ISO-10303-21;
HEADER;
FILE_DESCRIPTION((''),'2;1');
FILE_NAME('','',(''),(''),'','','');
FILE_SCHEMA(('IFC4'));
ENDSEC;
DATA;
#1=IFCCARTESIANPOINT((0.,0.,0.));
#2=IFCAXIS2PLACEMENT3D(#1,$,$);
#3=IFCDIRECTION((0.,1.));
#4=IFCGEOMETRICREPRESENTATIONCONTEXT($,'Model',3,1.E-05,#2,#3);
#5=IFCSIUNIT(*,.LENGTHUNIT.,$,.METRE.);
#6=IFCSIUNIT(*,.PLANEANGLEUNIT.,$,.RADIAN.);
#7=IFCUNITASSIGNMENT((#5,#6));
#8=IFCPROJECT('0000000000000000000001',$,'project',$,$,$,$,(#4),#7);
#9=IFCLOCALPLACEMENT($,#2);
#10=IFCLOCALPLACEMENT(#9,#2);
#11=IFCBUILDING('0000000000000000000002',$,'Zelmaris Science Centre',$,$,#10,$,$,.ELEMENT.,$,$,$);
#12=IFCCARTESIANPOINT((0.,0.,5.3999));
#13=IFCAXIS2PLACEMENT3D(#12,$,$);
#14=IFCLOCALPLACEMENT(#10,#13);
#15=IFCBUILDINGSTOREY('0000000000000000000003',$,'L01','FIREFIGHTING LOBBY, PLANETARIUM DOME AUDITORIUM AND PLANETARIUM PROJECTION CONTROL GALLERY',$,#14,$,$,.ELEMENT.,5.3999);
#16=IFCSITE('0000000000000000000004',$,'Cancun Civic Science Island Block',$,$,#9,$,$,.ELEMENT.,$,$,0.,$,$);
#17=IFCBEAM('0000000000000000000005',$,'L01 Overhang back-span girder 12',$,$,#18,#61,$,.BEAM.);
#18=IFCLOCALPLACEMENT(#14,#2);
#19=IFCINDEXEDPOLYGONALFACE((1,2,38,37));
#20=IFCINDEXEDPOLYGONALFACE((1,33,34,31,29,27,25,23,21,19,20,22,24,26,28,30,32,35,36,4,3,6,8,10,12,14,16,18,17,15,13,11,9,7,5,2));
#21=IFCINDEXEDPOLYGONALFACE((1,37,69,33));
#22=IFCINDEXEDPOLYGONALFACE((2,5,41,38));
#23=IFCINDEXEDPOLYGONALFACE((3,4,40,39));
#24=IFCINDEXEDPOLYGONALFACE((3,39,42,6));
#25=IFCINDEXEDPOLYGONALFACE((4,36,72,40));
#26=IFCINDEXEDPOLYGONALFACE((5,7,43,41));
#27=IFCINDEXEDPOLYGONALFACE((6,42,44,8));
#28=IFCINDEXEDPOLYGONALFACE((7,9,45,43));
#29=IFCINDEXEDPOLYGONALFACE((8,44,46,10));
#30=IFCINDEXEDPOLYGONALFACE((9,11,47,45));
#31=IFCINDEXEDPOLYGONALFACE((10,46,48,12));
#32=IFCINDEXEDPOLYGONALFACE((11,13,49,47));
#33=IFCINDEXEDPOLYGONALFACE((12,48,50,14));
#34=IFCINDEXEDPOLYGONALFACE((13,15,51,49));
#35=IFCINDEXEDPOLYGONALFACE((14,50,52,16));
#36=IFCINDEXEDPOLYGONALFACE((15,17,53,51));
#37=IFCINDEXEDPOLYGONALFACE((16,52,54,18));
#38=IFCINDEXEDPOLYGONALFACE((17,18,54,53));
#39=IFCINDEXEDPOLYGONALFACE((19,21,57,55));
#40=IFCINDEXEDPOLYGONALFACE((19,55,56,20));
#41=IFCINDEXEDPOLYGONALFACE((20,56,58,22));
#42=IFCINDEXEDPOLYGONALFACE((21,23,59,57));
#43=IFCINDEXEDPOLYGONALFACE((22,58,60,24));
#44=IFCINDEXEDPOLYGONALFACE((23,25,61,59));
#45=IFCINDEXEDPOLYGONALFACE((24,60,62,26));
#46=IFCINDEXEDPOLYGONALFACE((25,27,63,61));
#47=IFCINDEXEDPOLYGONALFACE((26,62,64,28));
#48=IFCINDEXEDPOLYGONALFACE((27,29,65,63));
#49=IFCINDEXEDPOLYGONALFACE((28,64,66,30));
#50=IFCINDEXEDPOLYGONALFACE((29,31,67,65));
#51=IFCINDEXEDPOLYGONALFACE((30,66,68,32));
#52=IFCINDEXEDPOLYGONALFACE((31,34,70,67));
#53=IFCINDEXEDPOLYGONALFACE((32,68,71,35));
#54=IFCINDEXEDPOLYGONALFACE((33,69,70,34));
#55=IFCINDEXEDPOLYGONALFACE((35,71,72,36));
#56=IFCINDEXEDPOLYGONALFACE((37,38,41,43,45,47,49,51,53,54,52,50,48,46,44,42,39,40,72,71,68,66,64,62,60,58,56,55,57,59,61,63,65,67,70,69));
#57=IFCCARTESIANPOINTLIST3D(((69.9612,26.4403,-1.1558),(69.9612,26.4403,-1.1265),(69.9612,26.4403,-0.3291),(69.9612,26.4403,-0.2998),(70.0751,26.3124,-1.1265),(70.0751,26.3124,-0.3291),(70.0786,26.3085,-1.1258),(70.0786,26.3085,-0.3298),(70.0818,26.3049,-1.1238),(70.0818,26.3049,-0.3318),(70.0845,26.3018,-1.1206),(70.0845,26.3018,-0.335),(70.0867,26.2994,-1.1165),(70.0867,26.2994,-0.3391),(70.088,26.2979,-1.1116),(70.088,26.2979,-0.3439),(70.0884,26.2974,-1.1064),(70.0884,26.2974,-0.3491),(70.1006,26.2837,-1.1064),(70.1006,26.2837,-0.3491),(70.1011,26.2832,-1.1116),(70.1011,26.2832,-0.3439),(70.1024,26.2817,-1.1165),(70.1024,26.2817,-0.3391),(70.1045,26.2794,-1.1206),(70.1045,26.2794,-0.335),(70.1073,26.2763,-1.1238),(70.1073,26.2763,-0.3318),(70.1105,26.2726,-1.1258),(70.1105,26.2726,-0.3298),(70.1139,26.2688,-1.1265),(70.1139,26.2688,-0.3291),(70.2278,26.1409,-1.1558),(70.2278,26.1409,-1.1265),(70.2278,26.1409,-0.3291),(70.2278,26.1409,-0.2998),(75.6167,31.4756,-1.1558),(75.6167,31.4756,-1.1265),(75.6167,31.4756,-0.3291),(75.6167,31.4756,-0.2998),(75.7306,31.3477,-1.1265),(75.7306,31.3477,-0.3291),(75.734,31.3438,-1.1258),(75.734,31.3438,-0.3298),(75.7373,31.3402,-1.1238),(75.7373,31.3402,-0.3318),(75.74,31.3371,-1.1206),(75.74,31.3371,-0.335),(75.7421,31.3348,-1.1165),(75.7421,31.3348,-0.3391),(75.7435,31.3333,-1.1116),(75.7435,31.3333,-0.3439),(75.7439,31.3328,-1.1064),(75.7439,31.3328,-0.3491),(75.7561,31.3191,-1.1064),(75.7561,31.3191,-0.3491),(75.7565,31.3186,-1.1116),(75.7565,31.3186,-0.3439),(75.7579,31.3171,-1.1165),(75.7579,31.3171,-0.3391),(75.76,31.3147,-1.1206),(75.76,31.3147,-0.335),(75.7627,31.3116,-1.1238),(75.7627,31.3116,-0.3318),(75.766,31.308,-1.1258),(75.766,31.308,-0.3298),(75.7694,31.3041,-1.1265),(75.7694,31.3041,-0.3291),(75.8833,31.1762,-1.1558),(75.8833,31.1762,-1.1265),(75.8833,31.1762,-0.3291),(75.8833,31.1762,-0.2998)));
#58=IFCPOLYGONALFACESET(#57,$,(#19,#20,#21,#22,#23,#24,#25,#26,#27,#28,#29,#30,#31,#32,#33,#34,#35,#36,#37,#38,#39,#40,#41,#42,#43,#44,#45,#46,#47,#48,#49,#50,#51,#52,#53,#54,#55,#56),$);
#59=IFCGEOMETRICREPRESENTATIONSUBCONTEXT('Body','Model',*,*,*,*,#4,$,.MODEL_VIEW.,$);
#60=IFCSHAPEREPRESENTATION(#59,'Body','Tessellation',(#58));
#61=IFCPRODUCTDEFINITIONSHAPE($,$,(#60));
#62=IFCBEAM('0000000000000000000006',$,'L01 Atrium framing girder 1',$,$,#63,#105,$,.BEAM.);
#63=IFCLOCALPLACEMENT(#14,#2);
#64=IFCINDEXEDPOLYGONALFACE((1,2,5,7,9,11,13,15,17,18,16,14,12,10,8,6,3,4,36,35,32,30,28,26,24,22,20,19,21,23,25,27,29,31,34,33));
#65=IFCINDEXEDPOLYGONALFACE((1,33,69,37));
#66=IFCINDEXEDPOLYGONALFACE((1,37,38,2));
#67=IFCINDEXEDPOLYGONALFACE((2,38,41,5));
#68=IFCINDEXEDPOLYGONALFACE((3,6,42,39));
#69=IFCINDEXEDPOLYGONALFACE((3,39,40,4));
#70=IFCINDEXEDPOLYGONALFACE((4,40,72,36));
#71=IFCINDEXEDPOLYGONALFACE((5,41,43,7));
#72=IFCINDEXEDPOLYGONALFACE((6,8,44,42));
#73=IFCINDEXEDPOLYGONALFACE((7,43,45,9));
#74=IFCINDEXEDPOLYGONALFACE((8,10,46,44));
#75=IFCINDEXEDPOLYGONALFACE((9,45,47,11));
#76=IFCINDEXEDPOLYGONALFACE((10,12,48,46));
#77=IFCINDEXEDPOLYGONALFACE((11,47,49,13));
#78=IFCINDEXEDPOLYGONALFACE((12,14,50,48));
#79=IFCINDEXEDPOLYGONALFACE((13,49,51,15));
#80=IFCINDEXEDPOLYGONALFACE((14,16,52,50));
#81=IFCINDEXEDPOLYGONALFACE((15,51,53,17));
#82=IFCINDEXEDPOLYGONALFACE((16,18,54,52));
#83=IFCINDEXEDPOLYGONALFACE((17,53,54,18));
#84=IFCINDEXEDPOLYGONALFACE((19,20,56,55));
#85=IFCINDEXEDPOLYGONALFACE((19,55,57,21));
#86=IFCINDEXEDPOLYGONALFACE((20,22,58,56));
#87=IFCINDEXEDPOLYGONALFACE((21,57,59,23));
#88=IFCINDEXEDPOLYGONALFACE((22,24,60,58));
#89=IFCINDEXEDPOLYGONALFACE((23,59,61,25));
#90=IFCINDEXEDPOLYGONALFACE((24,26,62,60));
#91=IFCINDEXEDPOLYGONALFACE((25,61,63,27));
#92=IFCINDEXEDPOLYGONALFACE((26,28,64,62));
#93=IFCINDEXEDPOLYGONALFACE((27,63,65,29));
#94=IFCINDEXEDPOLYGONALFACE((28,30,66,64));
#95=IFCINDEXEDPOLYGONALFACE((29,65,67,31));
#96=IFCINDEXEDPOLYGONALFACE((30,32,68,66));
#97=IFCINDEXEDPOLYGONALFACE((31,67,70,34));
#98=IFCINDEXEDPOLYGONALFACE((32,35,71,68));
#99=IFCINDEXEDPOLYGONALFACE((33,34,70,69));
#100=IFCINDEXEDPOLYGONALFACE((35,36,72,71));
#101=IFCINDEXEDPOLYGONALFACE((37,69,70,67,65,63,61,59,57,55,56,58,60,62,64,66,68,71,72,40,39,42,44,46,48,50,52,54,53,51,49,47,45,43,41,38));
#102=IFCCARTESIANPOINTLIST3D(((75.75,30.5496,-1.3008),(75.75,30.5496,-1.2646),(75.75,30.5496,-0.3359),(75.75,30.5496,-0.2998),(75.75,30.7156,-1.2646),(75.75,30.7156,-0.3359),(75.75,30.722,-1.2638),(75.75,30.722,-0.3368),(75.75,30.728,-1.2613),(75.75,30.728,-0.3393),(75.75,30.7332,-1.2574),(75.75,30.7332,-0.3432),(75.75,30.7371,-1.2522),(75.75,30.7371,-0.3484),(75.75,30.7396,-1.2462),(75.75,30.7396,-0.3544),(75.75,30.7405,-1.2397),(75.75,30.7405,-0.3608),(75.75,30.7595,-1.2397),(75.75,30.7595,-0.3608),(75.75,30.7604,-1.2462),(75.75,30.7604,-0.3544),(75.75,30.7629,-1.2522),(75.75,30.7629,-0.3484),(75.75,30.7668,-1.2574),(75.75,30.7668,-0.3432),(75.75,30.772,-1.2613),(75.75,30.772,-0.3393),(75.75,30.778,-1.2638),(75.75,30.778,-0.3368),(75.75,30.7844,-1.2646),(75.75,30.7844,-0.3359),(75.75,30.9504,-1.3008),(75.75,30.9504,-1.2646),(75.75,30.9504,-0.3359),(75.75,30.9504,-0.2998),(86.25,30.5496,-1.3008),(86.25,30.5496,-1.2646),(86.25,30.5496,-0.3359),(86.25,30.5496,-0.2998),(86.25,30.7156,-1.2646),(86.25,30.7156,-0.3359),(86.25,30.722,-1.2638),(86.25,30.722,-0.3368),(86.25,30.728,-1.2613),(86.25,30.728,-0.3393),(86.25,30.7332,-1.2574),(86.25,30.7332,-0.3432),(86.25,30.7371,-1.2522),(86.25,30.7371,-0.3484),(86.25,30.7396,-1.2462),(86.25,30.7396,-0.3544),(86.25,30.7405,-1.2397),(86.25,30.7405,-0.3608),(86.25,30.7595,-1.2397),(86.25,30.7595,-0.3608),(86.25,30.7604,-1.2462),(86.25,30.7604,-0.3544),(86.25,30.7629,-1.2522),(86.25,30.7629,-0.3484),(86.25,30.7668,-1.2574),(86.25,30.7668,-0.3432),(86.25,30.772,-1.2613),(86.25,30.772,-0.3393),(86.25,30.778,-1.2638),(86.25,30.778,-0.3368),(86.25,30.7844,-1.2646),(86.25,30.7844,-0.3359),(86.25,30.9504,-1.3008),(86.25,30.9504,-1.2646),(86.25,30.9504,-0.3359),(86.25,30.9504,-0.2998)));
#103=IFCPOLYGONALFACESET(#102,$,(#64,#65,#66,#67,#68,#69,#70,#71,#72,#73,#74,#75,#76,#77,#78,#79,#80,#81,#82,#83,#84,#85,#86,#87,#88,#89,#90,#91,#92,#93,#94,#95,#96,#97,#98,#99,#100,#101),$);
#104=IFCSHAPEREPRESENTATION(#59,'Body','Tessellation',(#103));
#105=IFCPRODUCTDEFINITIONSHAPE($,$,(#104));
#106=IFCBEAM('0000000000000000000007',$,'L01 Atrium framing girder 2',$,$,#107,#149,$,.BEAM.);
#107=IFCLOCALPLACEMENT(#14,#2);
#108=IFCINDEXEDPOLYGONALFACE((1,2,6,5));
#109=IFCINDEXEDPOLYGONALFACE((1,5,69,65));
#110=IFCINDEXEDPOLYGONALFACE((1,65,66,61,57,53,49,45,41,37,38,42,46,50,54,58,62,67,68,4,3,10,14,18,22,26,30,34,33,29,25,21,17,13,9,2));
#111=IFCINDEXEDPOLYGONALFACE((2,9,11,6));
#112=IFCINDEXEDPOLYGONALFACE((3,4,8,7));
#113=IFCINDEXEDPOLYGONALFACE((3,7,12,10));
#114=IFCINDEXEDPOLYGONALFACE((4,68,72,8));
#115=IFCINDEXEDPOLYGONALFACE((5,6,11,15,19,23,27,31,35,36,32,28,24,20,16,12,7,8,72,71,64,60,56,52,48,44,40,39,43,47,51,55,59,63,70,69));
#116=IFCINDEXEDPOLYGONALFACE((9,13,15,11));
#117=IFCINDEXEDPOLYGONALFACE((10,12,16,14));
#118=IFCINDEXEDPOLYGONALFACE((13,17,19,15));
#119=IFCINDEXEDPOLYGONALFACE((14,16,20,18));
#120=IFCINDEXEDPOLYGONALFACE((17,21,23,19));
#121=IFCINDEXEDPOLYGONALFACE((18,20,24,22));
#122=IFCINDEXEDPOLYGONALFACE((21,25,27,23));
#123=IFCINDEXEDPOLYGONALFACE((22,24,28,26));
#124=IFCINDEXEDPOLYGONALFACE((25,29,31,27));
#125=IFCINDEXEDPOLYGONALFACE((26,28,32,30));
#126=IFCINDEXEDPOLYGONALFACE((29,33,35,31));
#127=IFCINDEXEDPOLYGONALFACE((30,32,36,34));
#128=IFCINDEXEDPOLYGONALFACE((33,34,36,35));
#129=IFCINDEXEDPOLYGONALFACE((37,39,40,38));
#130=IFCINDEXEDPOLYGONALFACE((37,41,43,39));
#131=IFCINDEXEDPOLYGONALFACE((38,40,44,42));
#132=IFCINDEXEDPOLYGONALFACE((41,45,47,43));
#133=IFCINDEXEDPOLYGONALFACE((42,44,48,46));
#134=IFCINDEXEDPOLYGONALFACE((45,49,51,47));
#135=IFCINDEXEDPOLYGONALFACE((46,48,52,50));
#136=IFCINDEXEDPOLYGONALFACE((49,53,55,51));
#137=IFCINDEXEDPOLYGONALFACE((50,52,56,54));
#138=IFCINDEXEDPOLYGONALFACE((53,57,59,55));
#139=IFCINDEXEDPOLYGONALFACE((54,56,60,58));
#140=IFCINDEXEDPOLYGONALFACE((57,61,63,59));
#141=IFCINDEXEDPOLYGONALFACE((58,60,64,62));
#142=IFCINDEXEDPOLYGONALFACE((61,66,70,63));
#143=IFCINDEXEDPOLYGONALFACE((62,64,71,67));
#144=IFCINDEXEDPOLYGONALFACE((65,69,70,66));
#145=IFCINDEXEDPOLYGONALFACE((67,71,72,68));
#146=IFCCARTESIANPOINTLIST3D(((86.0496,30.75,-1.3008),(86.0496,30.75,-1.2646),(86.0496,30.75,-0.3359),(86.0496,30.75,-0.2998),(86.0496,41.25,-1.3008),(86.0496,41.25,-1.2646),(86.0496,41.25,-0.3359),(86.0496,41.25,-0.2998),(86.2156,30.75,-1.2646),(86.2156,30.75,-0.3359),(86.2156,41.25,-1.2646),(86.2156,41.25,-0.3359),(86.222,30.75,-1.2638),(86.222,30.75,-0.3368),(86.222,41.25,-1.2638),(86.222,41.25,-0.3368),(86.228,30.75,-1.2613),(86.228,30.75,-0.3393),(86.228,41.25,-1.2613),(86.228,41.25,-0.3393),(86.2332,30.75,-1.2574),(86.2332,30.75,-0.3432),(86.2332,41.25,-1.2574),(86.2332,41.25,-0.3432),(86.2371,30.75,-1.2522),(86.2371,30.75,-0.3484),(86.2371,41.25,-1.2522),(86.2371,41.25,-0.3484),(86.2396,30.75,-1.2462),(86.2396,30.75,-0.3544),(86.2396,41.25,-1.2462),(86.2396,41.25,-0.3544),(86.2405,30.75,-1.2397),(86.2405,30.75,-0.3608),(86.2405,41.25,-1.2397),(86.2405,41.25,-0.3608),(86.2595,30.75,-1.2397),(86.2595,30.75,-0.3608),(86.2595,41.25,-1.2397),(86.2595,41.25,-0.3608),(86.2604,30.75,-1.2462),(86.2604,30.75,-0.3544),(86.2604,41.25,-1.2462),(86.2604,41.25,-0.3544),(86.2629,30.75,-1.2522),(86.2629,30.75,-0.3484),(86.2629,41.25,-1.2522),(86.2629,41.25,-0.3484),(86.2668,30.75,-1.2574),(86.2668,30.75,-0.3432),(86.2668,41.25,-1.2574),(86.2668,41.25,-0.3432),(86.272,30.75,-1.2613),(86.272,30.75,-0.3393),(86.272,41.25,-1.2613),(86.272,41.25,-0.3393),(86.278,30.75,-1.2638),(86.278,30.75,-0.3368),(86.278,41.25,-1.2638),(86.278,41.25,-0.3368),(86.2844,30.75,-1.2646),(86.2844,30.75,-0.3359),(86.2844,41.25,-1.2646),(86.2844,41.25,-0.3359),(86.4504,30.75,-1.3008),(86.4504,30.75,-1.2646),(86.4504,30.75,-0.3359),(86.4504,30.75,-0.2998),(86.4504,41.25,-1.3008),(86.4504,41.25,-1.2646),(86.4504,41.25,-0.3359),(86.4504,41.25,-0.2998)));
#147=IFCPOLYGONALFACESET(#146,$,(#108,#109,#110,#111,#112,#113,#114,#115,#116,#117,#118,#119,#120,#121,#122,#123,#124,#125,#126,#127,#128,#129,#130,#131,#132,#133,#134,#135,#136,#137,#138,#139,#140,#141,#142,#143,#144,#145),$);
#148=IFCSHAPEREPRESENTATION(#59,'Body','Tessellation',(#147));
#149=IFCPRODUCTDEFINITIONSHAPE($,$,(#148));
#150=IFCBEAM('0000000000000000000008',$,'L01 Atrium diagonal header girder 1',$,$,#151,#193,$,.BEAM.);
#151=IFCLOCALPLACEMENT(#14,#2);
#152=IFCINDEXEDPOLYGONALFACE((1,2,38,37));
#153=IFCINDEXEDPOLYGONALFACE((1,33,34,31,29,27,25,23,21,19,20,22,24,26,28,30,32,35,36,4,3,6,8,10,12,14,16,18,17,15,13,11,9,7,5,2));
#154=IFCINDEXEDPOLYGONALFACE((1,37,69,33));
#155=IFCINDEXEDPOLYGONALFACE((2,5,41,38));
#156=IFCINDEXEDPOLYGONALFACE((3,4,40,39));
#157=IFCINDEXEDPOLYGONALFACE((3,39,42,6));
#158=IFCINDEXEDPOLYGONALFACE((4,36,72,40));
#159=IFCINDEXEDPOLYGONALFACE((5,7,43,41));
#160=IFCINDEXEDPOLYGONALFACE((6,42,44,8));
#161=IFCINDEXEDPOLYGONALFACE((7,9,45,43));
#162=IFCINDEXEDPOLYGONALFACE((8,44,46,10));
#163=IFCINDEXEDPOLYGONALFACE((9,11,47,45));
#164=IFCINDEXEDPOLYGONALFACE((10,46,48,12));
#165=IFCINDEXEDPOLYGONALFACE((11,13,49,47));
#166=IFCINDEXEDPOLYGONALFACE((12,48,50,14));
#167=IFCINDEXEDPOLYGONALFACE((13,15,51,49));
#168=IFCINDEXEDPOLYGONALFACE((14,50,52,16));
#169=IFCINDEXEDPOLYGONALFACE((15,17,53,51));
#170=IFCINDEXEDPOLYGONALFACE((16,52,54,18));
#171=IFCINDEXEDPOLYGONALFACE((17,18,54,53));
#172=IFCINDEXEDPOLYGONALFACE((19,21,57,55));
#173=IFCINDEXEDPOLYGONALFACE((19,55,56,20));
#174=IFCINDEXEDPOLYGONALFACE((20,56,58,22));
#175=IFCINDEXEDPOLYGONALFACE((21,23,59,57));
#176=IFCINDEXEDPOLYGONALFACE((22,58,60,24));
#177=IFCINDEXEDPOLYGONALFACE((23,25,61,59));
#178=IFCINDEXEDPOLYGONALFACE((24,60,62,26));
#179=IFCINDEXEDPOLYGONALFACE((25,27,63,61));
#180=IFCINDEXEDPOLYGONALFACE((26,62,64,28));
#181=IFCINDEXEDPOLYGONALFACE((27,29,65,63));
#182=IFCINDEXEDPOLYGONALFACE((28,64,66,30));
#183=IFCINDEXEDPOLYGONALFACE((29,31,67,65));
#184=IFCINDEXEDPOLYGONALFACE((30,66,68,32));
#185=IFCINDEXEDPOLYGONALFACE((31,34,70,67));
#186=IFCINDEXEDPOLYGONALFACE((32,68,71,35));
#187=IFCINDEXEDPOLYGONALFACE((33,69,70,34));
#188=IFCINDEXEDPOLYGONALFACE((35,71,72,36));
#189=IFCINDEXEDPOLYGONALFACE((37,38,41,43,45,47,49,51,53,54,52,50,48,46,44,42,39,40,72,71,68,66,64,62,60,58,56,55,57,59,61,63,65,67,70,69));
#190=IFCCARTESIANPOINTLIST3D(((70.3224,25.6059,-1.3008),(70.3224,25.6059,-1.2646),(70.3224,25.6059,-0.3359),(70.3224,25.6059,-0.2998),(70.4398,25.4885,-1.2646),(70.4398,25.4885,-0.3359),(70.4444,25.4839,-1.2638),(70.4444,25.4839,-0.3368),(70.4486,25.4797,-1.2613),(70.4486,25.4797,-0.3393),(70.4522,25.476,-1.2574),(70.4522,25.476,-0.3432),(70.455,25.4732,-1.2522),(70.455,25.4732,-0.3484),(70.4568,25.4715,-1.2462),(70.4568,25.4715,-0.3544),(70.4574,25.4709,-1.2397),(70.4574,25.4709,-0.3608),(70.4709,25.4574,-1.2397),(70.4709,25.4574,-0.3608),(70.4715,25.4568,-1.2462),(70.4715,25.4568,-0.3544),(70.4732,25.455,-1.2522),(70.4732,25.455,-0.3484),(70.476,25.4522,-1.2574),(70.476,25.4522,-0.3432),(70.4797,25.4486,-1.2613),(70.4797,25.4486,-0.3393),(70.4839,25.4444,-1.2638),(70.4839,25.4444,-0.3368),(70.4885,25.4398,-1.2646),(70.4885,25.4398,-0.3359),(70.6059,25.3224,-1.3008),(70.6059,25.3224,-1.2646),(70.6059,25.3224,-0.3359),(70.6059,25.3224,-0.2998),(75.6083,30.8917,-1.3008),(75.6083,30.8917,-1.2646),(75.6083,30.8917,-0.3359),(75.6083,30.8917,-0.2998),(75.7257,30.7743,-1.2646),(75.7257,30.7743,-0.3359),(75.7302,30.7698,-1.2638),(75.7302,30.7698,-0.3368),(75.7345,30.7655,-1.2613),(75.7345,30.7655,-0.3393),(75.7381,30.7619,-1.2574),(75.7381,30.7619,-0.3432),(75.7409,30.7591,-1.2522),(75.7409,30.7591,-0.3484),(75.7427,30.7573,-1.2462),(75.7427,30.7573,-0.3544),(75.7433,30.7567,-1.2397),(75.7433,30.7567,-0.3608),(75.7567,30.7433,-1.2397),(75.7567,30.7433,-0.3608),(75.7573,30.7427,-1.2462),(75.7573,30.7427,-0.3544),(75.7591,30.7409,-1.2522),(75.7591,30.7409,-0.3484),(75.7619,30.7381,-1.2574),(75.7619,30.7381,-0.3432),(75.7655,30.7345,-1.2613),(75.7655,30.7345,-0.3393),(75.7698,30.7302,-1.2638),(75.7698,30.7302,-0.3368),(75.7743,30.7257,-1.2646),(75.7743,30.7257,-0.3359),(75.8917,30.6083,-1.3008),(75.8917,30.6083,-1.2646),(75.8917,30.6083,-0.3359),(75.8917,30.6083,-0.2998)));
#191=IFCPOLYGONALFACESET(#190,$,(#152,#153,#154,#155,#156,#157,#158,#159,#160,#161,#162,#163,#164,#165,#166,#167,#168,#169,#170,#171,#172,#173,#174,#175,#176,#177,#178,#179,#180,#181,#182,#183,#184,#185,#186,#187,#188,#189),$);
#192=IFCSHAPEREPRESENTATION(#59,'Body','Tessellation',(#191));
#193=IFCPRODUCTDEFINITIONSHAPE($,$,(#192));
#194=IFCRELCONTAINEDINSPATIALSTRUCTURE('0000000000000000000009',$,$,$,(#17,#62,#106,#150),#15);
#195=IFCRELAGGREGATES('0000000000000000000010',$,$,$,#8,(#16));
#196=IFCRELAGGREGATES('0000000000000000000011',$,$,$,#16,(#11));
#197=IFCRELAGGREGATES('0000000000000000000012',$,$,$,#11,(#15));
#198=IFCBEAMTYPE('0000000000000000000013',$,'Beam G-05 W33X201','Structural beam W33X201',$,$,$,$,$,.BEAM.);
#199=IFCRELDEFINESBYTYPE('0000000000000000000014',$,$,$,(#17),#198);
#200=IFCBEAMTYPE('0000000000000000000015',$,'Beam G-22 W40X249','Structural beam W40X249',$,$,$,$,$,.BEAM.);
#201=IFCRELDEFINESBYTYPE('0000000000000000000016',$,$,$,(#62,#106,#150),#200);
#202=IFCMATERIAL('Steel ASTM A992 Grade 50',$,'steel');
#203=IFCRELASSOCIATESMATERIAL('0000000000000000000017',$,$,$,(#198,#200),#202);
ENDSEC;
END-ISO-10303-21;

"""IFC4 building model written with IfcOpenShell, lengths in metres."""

from ifc_helpers import new_model, si_unit, direction, frame, origin, origin_2d, place, context, subcontext, project, spatial, i_section, extrude, material, material_profile, profile_set, type_object, element, save


model = new_model("IFC4")

# Units and contexts
model_context = context("Model", 3, precision=1e-05, world=origin(), true_north=direction((0.0, 1.0)))
body_context = subcontext(model_context, "Body", "Model", "MODEL_VIEW")
ifc_project = project(units=[si_unit("LENGTHUNIT", "METRE"), si_unit("PLANEANGLEUNIT", "RADIAN")], contexts=[model_context])

# Site, building, storey
site_placement = place(None, origin())
site = spatial("IfcSite", under=ifc_project, at=site_placement, Name="Cancun Civic Science Island Block", CompositionType="ELEMENT", RefElevation=0.0)
building_placement = place(site_placement, origin())
building = spatial("IfcBuilding", under=site, at=building_placement, Name="Zelmaris Science Centre", CompositionType="ELEMENT")
storey_placement = place(building_placement, frame((0.0, 0.0, 5.3999)))
storey = spatial("IfcBuildingStorey", under=building, at=storey_placement, Name="L01", Description="FIREFIGHTING LOBBY, PLANETARIUM DOME AUDITORIUM AND PLANETARIUM PROJECTION CONTROL GALLERY", CompositionType="ELEMENT", Elevation=5.3999)

# Beams
ifc_material_1 = material(Name="Steel ASTM A992 Grade 50", Category="steel")
ifc_material_profile_1 = material_profile(ifc_material_1, i_section(OverallWidth=0.4009, OverallDepth=0.856, WebThickness=0.0183, FlangeThickness=0.0293, FilletRadius=0.02, at=origin_2d()), Name="W33X201")
ifc_profile_set_1 = profile_set([ifc_material_profile_1], Name="Steel ASTM A992 Grade 50")
beam_type_1 = type_object("IfcBeamType", Name="Beam G-05 W33X201", Description="Structural beam W33X201", PredefinedType="BEAM", material=ifc_profile_set_1)
beam_1_placement = place(storey_placement, frame((75.75, 31.3259, -0.7278), z_axis=(-0.746867, -0.664974, 0.0), x_axis=(0.664974, -0.746867, 0.0)))
element("IfcBeam", 1, at=beam_1_placement, inside=storey, type_object=beam_type_1, Name="L01 Overhang back-span girder 12", PredefinedType="BEAM", context=body_context, shape_type="SweptSolid", body=[
    extrude(i_section(OverallWidth=0.4009, OverallDepth=0.856, WebThickness=0.0183, FlangeThickness=0.0293, FilletRadius=0.02, at=origin_2d()), origin(), (0.0, 0.0, 1.0), 7.5723),
])
ifc_material_profile_2 = material_profile(ifc_material_1, i_section(OverallWidth=0.4009, OverallDepth=1.001, WebThickness=0.019, FlangeThickness=0.0361, FilletRadius=0.0249, at=origin_2d()), Name="W40X249")
ifc_profile_set_2 = profile_set([ifc_material_profile_2], Name="Steel ASTM A992 Grade 50")
beam_type_2 = type_object("IfcBeamType", Name="Beam G-22 W40X249", Description="Structural beam W40X249", PredefinedType="BEAM", material=ifc_profile_set_2)
for number, where, z_axis, x_axis, name in (
    (2, (75.75, 30.75, -0.8003), (1.0, 0.0, 0.0), (0.0, 1.0, 0.0), "L01 Atrium framing girder 1"),
    (3, (86.25, 30.75, -0.8003), (0.0, 1.0, 0.0), (-1.0, 0.0, 0.0), "L01 Atrium framing girder 2"),
):
    element("IfcBeam", number, at=place(storey_placement, frame(where, z_axis=z_axis, x_axis=x_axis)), inside=storey, type_object=beam_type_2, Name=name, PredefinedType="BEAM", context=body_context, shape_type="SweptSolid", body=[
        extrude(i_section(OverallWidth=0.4009, OverallDepth=1.001, WebThickness=0.019, FlangeThickness=0.0361, FilletRadius=0.0249, at=origin_2d()), origin(), (0.0, 0.0, 1.0), 10.5),
    ])
for number, where, z_axis, x_axis, name in (
    (4, (75.75, 30.75, -0.8003), (-0.707107, -0.707107, 0.0), (0.707107, -0.707107, 0.0), "L01 Atrium diagonal header girder 1"),
):
    element("IfcBeam", number, at=place(storey_placement, frame(where, z_axis=z_axis, x_axis=x_axis)), inside=storey, type_object=beam_type_2, Name=name, PredefinedType="BEAM", context=body_context, shape_type="SweptSolid", body=[
        extrude(i_section(OverallWidth=0.4009, OverallDepth=1.001, WebThickness=0.019, FlangeThickness=0.0361, FilletRadius=0.0249, at=origin_2d()), origin(), (0.0, 0.0, 1.0), 7.4753),
    ])

save(model, "model.ifc")
